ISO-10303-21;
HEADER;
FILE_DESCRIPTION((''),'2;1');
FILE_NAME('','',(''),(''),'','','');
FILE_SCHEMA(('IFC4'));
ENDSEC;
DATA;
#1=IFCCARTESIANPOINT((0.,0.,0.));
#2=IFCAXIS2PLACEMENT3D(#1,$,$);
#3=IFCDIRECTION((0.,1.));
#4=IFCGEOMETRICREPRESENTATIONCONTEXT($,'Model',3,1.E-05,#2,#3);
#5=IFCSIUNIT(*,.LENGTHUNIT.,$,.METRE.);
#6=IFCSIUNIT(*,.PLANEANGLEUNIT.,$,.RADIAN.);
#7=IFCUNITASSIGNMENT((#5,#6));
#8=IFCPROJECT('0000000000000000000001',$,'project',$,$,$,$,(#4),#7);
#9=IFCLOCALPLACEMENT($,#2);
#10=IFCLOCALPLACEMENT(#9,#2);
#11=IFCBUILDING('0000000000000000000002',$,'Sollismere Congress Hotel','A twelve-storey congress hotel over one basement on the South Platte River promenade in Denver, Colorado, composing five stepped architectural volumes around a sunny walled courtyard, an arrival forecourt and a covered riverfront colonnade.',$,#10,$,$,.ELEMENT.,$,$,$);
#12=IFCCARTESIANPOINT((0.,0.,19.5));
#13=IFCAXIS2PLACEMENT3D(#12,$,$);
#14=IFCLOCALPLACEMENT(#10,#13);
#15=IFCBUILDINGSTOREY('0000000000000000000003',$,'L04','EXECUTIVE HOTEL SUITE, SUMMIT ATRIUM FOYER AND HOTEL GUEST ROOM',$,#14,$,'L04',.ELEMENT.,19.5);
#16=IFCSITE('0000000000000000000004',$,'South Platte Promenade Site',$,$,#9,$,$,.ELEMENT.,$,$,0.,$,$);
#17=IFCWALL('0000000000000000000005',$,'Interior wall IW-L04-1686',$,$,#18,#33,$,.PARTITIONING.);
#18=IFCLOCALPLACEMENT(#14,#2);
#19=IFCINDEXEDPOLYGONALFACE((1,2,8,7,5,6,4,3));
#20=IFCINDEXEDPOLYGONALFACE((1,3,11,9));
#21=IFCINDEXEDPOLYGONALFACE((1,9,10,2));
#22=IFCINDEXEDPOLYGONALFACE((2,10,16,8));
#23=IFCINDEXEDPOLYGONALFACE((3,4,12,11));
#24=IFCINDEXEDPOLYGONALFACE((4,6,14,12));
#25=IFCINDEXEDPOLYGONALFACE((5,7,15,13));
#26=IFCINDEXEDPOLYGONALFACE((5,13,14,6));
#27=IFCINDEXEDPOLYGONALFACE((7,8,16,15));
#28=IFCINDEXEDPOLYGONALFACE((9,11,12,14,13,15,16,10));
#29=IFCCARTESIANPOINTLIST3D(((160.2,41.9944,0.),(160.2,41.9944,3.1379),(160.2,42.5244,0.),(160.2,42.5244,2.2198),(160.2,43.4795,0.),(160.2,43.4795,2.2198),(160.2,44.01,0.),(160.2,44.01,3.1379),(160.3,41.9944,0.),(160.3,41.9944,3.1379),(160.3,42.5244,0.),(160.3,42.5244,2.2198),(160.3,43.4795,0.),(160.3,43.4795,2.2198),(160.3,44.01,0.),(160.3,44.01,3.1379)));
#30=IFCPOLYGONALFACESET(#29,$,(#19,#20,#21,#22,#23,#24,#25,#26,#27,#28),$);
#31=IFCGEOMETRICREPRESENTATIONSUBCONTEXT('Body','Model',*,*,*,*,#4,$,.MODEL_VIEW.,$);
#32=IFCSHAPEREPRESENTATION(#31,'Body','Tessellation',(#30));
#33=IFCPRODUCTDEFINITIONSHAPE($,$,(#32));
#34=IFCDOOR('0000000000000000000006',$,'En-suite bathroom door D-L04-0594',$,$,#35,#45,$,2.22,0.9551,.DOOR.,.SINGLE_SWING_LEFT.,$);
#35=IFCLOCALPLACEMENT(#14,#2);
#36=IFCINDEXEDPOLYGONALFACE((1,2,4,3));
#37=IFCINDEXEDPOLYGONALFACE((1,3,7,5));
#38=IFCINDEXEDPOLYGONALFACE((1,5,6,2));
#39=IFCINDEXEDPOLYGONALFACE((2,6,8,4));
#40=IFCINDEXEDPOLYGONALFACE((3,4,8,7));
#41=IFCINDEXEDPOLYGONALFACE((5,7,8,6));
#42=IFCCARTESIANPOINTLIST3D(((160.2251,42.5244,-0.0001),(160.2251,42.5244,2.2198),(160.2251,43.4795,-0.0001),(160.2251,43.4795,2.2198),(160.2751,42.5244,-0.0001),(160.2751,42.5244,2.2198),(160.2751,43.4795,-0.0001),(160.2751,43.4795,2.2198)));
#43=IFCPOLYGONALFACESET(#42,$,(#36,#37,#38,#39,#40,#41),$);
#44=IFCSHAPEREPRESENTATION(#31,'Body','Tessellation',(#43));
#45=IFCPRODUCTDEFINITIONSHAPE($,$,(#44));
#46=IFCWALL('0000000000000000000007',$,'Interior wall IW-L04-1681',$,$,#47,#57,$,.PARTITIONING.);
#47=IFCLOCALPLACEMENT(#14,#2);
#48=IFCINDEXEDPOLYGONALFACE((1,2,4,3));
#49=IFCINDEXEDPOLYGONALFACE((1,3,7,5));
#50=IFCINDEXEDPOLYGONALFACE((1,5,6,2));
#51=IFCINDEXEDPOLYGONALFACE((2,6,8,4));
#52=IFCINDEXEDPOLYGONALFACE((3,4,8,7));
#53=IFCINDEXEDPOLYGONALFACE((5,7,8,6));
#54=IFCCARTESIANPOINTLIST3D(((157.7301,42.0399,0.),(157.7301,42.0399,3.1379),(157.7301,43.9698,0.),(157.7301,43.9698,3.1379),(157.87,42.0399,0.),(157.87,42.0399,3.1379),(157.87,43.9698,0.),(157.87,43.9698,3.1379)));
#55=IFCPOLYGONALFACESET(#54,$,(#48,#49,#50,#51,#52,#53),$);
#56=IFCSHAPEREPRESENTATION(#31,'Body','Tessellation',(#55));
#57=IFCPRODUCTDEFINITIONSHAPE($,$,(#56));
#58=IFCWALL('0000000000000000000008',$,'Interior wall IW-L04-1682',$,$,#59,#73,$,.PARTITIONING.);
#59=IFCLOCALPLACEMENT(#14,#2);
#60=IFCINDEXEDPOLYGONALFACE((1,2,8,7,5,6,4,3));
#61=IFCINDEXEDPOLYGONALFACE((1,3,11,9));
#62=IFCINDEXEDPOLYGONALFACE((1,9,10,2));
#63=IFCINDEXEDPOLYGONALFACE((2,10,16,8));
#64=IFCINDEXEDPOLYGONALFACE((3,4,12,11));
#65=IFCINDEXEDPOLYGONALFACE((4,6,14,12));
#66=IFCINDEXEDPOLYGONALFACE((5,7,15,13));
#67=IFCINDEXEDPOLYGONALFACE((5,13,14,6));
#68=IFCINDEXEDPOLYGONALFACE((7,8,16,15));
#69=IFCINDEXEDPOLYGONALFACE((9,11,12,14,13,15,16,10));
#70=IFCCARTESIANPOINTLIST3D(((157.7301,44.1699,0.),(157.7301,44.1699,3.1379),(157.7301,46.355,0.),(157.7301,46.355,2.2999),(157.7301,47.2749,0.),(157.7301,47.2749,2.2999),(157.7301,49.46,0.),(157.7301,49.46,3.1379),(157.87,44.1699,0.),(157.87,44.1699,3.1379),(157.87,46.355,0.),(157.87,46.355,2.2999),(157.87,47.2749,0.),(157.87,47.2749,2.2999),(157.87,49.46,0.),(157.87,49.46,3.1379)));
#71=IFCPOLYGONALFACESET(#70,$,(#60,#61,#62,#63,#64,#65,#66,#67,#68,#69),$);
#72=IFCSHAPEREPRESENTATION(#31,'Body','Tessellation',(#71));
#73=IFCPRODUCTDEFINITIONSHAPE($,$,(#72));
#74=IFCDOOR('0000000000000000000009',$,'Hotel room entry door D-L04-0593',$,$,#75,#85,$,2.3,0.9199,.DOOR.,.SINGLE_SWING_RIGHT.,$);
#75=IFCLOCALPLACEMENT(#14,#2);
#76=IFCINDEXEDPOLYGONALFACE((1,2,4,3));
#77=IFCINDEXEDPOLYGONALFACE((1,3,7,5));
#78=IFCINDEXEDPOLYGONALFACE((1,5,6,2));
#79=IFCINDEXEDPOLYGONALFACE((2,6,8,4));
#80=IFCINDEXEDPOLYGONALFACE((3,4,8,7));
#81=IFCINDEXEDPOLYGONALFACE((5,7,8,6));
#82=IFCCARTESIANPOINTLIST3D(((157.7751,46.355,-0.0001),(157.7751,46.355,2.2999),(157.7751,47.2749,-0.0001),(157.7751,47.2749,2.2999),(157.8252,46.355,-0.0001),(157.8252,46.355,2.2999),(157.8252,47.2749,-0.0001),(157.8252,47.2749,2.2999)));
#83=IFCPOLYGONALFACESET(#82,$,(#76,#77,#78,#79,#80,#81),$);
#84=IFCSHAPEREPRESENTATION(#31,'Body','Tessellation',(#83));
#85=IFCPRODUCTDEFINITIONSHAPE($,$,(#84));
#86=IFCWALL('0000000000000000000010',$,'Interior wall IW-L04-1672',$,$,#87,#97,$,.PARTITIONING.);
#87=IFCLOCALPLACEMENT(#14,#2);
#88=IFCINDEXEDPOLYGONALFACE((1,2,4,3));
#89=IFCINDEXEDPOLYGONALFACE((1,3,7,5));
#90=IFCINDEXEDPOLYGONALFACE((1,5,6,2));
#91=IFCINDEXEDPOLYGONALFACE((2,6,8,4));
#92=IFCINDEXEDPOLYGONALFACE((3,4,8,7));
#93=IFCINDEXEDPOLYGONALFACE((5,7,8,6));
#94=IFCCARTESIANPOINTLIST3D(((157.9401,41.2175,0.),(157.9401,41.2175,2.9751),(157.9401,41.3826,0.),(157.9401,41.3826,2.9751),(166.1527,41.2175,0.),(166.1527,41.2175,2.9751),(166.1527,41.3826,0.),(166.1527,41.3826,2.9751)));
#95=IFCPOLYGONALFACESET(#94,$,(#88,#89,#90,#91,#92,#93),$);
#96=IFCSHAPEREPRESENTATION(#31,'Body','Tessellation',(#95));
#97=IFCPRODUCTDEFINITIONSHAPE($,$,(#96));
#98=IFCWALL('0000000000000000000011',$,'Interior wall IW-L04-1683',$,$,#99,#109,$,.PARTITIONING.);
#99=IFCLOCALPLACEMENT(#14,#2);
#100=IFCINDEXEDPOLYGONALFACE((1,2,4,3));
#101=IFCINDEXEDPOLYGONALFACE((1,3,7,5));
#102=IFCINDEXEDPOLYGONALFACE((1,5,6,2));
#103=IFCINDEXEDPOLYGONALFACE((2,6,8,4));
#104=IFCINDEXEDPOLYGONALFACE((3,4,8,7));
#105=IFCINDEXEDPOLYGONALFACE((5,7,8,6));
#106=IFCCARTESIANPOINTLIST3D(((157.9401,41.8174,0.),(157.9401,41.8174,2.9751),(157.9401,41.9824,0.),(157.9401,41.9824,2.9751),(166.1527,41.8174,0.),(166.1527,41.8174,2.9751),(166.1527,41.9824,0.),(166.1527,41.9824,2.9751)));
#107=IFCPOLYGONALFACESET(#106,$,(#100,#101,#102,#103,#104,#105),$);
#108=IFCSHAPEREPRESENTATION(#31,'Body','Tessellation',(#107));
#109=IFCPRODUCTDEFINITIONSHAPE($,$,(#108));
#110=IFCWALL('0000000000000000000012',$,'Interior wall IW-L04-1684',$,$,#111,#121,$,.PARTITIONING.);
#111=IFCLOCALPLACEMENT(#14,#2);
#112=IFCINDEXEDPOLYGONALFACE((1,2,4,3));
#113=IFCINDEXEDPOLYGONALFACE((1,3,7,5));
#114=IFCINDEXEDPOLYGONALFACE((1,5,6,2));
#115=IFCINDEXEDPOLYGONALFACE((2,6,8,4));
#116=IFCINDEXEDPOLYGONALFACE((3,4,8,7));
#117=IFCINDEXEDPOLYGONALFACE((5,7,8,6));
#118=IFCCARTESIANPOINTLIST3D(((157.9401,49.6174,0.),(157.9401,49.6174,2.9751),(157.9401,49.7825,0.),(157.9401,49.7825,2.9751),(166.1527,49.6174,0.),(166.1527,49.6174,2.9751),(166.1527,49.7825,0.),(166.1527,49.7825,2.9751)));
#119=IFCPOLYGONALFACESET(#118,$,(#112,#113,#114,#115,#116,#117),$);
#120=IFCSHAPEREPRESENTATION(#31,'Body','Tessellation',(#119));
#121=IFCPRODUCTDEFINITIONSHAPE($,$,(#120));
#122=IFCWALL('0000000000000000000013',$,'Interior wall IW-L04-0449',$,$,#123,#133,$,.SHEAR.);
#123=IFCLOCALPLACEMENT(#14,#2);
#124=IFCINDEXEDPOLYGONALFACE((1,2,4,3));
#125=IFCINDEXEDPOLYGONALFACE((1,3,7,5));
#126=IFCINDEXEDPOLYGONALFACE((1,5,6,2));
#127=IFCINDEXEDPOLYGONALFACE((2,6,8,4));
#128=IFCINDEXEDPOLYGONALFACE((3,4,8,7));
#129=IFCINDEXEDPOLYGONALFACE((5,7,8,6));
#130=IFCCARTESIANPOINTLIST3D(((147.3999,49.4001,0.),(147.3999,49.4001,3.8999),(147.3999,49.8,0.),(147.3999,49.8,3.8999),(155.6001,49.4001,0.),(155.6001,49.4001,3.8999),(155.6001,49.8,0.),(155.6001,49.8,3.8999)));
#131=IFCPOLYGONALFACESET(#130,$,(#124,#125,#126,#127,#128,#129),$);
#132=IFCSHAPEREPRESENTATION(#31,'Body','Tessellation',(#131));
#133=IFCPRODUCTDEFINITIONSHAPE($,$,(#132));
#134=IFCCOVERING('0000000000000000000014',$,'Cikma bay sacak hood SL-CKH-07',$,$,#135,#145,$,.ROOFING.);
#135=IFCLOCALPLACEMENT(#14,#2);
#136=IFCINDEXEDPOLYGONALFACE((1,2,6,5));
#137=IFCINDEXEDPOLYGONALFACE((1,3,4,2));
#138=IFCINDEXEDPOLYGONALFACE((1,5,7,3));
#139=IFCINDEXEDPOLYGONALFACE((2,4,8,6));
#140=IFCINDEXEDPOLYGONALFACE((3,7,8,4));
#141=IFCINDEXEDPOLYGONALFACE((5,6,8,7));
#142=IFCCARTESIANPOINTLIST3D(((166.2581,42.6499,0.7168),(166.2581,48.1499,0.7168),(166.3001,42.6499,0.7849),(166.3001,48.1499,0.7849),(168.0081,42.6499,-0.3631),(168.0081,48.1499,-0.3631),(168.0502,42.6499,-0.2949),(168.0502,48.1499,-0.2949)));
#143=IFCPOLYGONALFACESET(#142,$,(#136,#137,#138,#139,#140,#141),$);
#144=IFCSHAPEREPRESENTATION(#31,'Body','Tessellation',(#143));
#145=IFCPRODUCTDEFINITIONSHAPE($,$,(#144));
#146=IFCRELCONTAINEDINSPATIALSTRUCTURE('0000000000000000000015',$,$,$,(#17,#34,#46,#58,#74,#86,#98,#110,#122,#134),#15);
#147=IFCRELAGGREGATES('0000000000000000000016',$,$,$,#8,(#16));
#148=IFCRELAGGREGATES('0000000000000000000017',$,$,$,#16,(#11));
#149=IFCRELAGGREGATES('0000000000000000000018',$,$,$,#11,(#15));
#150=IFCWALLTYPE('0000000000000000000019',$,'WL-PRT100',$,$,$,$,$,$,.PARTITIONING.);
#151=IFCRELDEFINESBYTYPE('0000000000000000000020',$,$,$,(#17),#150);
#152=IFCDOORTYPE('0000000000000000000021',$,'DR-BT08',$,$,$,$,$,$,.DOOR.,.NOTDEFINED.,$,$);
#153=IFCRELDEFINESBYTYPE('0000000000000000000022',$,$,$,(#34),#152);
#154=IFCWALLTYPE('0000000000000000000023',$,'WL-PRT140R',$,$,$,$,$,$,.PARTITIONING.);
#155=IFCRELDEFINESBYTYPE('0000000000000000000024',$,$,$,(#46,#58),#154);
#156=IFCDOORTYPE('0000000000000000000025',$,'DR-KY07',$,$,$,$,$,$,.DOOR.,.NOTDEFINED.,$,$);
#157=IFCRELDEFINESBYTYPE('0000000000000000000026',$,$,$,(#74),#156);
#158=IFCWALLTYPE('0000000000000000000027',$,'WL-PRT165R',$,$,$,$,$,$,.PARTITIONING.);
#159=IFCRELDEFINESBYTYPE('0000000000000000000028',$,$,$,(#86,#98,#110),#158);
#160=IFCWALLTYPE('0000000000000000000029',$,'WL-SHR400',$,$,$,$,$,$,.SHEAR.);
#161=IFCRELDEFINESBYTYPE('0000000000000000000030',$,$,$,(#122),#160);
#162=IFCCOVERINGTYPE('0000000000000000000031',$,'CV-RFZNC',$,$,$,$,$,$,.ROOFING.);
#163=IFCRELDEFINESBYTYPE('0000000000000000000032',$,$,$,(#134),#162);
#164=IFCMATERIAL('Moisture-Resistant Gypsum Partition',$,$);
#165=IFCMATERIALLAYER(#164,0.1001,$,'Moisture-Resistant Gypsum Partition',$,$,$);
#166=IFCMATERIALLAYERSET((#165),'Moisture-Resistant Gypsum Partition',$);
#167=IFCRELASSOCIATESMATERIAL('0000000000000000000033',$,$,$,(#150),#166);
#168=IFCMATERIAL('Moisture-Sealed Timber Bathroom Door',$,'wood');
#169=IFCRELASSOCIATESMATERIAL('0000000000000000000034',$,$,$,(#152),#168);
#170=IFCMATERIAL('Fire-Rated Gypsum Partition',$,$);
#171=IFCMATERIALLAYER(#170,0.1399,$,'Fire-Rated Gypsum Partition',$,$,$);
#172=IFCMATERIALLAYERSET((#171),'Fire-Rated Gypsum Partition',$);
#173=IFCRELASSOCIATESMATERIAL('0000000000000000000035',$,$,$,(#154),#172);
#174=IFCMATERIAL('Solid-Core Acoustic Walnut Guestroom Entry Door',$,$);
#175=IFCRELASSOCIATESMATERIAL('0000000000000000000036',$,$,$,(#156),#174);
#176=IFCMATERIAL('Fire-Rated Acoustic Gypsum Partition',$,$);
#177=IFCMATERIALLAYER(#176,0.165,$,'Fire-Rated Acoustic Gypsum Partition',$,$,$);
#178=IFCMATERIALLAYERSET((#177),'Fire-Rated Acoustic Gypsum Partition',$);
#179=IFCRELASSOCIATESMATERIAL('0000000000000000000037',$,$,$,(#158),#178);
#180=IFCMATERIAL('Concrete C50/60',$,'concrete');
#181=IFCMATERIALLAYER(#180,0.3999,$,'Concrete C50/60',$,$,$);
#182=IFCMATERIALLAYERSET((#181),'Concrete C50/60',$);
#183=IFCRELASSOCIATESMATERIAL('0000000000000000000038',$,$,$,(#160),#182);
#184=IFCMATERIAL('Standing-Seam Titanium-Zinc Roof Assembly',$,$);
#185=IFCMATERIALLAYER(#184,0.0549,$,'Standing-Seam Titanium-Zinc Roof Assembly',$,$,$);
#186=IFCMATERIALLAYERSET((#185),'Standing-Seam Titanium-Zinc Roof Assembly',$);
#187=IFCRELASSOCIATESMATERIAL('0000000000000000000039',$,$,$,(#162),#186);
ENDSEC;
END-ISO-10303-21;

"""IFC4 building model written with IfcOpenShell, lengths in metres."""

from ifc_helpers import new_model, si_unit, direction, frame, frame_2d, origin, place, context, subcontext, project, spatial, polyline, rectangle, outline, extrude, material, layer, layer_set, type_object, element, fill, save


model = new_model("IFC4")

# Units and contexts
model_context = context("Model", 3, precision=1e-05, world=origin(), true_north=direction((0.0, 1.0)))
body_context = subcontext(model_context, "Body", "Model", "MODEL_VIEW")
ifc_project = project(units=[si_unit("LENGTHUNIT", "METRE"), si_unit("PLANEANGLEUNIT", "RADIAN")], contexts=[model_context])

# Site, building, storey
site_placement = place(None, origin())
site = spatial("IfcSite", under=ifc_project, at=site_placement, Name="South Platte Promenade Site", CompositionType="ELEMENT", RefElevation=0.0)
building_placement = place(site_placement, origin())
building = spatial("IfcBuilding", under=site, at=building_placement, Name="Sollismere Congress Hotel", Description="A twelve-storey congress hotel over one basement on the South Platte River promenade in Denver, Colorado, composing five stepped architectural volumes around a sunny walled courtyard, an arrival forecourt and a covered riverfront colonnade.", CompositionType="ELEMENT")
storey_placement = place(building_placement, frame((0.0, 0.0, 19.5)))
storey = spatial("IfcBuildingStorey", under=building, at=storey_placement, Name="L04", Description="EXECUTIVE HOTEL SUITE, SUMMIT ATRIUM FOYER AND HOTEL GUEST ROOM", LongName="L04", CompositionType="ELEMENT", Elevation=19.5)

# Wall, opening, door
ifc_material_1 = material(Name="Moisture-Resistant Gypsum Partition")
ifc_layer_1 = layer(ifc_material_1, 0.1001, Name="Moisture-Resistant Gypsum Partition")
ifc_layer_set_1 = layer_set([ifc_layer_1], Name="Moisture-Resistant Gypsum Partition")
wall_type_1 = type_object("IfcWallType", Name="WL-PRT100", PredefinedType="PARTITIONING", material=ifc_layer_set_1)
wall_1_placement = place(storey_placement, frame((160.25, 41.9944, 0.0), z_axis=(0.0, 0.0, 1.0), x_axis=(0.0, 1.0, 0.0)))
wall_1 = element("IfcWall", 1, at=wall_1_placement, inside=storey, type_object=wall_type_1, Name="Interior wall IW-L04-1686", PredefinedType="PARTITIONING", context=body_context, shape_type="SweptSolid", body=[
    extrude(rectangle(XDim=2.0156, YDim=0.1001, at=frame_2d((1.0078, 0.0))), origin(), (0.0, 0.0, 1.0), 3.1379),
])
opening_1_placement = place(wall_1_placement, frame((0.53, 0.0, 0.0)))
opening_1 = element("IfcOpeningElement", 2, at=opening_1_placement, cuts=wall_1, PredefinedType="OPENING", context=body_context, shape_type="SweptSolid", body=[
    extrude(rectangle(XDim=0.9551, YDim=2.22, at=frame_2d((0.4775, 1.1099))), frame((0.0, 0.0601, 0.0), z_axis=(0.0, -1.0, 0.0), x_axis=(1.0, 0.0, 0.0)), (0.0, 0.0, 1.0), 0.1201),
])
ifc_material_2 = material(Name="Moisture-Sealed Timber Bathroom Door", Category="wood")
door_type_1 = type_object("IfcDoorType", Name="DR-BT08", OperationType="NOTDEFINED", PredefinedType="DOOR", material=ifc_material_2)
door_1_placement = place(opening_1_placement, origin())
door_1 = element("IfcDoor", 3, at=door_1_placement, inside=storey, type_object=door_type_1, Name="En-suite bathroom door D-L04-0594", OperationType="SINGLE_SWING_LEFT", OverallHeight=2.22, OverallWidth=0.9551, PredefinedType="DOOR", context=body_context, shape_type="SweptSolid", body=[
    extrude(rectangle(XDim=0.9551, YDim=2.22, at=frame_2d((0.4775, 1.1099))), frame((0.0, 0.0249, 0.0), z_axis=(0.0, -1.0, 0.0), x_axis=(1.0, 0.0, 0.0)), (0.0, 0.0, 1.0), 0.05),
])
fill(opening_1, door_1)

# Wall
ifc_material_3 = material(Name="Fire-Rated Gypsum Partition")
ifc_layer_2 = layer(ifc_material_3, 0.1399, Name="Fire-Rated Gypsum Partition")
ifc_layer_set_2 = layer_set([ifc_layer_2], Name="Fire-Rated Gypsum Partition")
wall_type_2 = type_object("IfcWallType", Name="WL-PRT140R", PredefinedType="PARTITIONING", material=ifc_layer_set_2)
wall_2_placement = place(storey_placement, frame((157.8, 42.04, 0.0), z_axis=(0.0, 0.0, 1.0), x_axis=(0.0, 1.0, 0.0)))
element("IfcWall", 4, at=wall_2_placement, inside=storey, type_object=wall_type_2, Name="Interior wall IW-L04-1681", PredefinedType="PARTITIONING", context=body_context, shape_type="SweptSolid", body=[
    extrude(rectangle(XDim=1.9299, YDim=0.1399, at=frame_2d((0.9648, 0.0))), origin(), (0.0, 0.0, 1.0), 3.1379),
])

# Wall, opening, door
wall_3_placement = place(storey_placement, frame((157.8, 44.1699, 0.0), z_axis=(0.0, 0.0, 1.0), x_axis=(0.0, 1.0, 0.0)))
wall_3 = element("IfcWall", 5, at=wall_3_placement, inside=storey, type_object=wall_type_2, Name="Interior wall IW-L04-1682", PredefinedType="PARTITIONING", context=body_context, shape_type="SweptSolid", body=[
    extrude(rectangle(XDim=5.29, YDim=0.1399, at=frame_2d((2.645, 0.0))), origin(), (0.0, 0.0, 1.0), 3.1379),
])
opening_2_placement = place(wall_3_placement, frame((2.1851, 0.0, 0.0)))
opening_2 = element("IfcOpeningElement", 6, at=opening_2_placement, cuts=wall_3, PredefinedType="OPENING", context=body_context, shape_type="SweptSolid", body=[
    extrude(rectangle(XDim=0.9199, YDim=2.3, at=frame_2d((0.46, 1.1499))), frame((0.0, 0.0798, 0.0), z_axis=(0.0, -1.0, 0.0), x_axis=(1.0, 0.0, 0.0)), (0.0, 0.0, 1.0), 0.1599),
])
ifc_material_4 = material(Name="Solid-Core Acoustic Walnut Guestroom Entry Door")
door_type_2 = type_object("IfcDoorType", Name="DR-KY07", OperationType="NOTDEFINED", PredefinedType="DOOR", material=ifc_material_4)
door_2_placement = place(opening_2_placement, origin())
door_2 = element("IfcDoor", 7, at=door_2_placement, inside=storey, type_object=door_type_2, Name="Hotel room entry door D-L04-0593", OperationType="SINGLE_SWING_RIGHT", OverallHeight=2.3, OverallWidth=0.9199, PredefinedType="DOOR", context=body_context, shape_type="SweptSolid", body=[
    extrude(rectangle(XDim=0.9199, YDim=2.3, at=frame_2d((0.46, 1.1499))), frame((0.0, 0.0249, 0.0), z_axis=(0.0, -1.0, 0.0), x_axis=(1.0, 0.0, 0.0)), (0.0, 0.0, 1.0), 0.05),
])
fill(opening_2, door_2)

# Walls
ifc_material_5 = material(Name="Fire-Rated Acoustic Gypsum Partition")
ifc_layer_3 = layer(ifc_material_5, 0.165, Name="Fire-Rated Acoustic Gypsum Partition")
ifc_layer_set_3 = layer_set([ifc_layer_3], Name="Fire-Rated Acoustic Gypsum Partition")
wall_type_3 = type_object("IfcWallType", Name="WL-PRT165R", PredefinedType="PARTITIONING", material=ifc_layer_set_3)
for number, where, z_axis, x_axis, name in (
    (8, (157.9399, 41.3, 0.0), (0.0, 0.0, 1.0), (1.0, 0.0, 0.0), "Interior wall IW-L04-1672"),
    (9, (157.9399, 41.8999, 0.0), (0.0, 0.0, 1.0), (1.0, 0.0, 0.0), "Interior wall IW-L04-1683"),
    (10, (157.9399, 49.7, 0.0), (0.0, 0.0, 1.0), (1.0, 0.0, 0.0), "Interior wall IW-L04-1684"),
):
    element("IfcWall", number, at=place(storey_placement, frame(where, z_axis=z_axis, x_axis=x_axis)), inside=storey, type_object=wall_type_3, Name=name, PredefinedType="PARTITIONING", context=body_context, shape_type="SweptSolid", body=[
        extrude(rectangle(XDim=8.2126, YDim=0.165, at=frame_2d((4.1064, 0.0))), origin(), (0.0, 0.0, 1.0), 2.9751),
    ])
ifc_material_6 = material(Name="Concrete C50/60", Category="concrete")
ifc_layer_4 = layer(ifc_material_6, 0.3999, Name="Concrete C50/60")
ifc_layer_set_4 = layer_set([ifc_layer_4], Name="Concrete C50/60")
wall_type_4 = type_object("IfcWallType", Name="WL-SHR400", PredefinedType="SHEAR", material=ifc_layer_set_4)
wall_4_placement = place(storey_placement, frame((155.6001, 49.6001, 0.0), z_axis=(0.0, 0.0, 1.0), x_axis=(-1.0, 0.0, 0.0)))
element("IfcWall", 11, at=wall_4_placement, inside=storey, type_object=wall_type_4, Name="Interior wall IW-L04-0449", PredefinedType="SHEAR", context=body_context, shape_type="SweptSolid", body=[
    extrude(rectangle(XDim=8.2002, YDim=0.3999, at=frame_2d((4.1001, 0.0))), origin(), (0.0, 0.0, 1.0), 3.8999),
])

# Covering
ifc_material_7 = material(Name="Standing-Seam Titanium-Zinc Roof Assembly")
ifc_layer_5 = layer(ifc_material_7, 0.0549, Name="Standing-Seam Titanium-Zinc Roof Assembly")
ifc_layer_set_5 = layer_set([ifc_layer_5], Name="Standing-Seam Titanium-Zinc Roof Assembly")
covering_type = type_object("IfcCoveringType", Name="CV-RFZNC", PredefinedType="ROOFING", material=ifc_layer_set_5)
covering_placement = place(storey_placement, frame((166.2581, 42.6499, 0.7168), z_axis=(0.525124, 0.0, 0.851026), x_axis=(0.851026, 0.0, -0.525124)))
element("IfcCovering", 12, at=covering_placement, inside=storey, type_object=covering_type, Name="Cikma bay sacak hood SL-CKH-07", PredefinedType="ROOFING", context=body_context, shape_type="SweptSolid", body=[
    extrude(outline(polyline([(0.0, 0.0), (2.0564, 0.0), (2.0564, 5.5), (0.0, 5.5), (0.0, 0.0)])), origin(), (0.0, 0.0, 1.0), 0.0801),
])

save(model, "model.ifc")
